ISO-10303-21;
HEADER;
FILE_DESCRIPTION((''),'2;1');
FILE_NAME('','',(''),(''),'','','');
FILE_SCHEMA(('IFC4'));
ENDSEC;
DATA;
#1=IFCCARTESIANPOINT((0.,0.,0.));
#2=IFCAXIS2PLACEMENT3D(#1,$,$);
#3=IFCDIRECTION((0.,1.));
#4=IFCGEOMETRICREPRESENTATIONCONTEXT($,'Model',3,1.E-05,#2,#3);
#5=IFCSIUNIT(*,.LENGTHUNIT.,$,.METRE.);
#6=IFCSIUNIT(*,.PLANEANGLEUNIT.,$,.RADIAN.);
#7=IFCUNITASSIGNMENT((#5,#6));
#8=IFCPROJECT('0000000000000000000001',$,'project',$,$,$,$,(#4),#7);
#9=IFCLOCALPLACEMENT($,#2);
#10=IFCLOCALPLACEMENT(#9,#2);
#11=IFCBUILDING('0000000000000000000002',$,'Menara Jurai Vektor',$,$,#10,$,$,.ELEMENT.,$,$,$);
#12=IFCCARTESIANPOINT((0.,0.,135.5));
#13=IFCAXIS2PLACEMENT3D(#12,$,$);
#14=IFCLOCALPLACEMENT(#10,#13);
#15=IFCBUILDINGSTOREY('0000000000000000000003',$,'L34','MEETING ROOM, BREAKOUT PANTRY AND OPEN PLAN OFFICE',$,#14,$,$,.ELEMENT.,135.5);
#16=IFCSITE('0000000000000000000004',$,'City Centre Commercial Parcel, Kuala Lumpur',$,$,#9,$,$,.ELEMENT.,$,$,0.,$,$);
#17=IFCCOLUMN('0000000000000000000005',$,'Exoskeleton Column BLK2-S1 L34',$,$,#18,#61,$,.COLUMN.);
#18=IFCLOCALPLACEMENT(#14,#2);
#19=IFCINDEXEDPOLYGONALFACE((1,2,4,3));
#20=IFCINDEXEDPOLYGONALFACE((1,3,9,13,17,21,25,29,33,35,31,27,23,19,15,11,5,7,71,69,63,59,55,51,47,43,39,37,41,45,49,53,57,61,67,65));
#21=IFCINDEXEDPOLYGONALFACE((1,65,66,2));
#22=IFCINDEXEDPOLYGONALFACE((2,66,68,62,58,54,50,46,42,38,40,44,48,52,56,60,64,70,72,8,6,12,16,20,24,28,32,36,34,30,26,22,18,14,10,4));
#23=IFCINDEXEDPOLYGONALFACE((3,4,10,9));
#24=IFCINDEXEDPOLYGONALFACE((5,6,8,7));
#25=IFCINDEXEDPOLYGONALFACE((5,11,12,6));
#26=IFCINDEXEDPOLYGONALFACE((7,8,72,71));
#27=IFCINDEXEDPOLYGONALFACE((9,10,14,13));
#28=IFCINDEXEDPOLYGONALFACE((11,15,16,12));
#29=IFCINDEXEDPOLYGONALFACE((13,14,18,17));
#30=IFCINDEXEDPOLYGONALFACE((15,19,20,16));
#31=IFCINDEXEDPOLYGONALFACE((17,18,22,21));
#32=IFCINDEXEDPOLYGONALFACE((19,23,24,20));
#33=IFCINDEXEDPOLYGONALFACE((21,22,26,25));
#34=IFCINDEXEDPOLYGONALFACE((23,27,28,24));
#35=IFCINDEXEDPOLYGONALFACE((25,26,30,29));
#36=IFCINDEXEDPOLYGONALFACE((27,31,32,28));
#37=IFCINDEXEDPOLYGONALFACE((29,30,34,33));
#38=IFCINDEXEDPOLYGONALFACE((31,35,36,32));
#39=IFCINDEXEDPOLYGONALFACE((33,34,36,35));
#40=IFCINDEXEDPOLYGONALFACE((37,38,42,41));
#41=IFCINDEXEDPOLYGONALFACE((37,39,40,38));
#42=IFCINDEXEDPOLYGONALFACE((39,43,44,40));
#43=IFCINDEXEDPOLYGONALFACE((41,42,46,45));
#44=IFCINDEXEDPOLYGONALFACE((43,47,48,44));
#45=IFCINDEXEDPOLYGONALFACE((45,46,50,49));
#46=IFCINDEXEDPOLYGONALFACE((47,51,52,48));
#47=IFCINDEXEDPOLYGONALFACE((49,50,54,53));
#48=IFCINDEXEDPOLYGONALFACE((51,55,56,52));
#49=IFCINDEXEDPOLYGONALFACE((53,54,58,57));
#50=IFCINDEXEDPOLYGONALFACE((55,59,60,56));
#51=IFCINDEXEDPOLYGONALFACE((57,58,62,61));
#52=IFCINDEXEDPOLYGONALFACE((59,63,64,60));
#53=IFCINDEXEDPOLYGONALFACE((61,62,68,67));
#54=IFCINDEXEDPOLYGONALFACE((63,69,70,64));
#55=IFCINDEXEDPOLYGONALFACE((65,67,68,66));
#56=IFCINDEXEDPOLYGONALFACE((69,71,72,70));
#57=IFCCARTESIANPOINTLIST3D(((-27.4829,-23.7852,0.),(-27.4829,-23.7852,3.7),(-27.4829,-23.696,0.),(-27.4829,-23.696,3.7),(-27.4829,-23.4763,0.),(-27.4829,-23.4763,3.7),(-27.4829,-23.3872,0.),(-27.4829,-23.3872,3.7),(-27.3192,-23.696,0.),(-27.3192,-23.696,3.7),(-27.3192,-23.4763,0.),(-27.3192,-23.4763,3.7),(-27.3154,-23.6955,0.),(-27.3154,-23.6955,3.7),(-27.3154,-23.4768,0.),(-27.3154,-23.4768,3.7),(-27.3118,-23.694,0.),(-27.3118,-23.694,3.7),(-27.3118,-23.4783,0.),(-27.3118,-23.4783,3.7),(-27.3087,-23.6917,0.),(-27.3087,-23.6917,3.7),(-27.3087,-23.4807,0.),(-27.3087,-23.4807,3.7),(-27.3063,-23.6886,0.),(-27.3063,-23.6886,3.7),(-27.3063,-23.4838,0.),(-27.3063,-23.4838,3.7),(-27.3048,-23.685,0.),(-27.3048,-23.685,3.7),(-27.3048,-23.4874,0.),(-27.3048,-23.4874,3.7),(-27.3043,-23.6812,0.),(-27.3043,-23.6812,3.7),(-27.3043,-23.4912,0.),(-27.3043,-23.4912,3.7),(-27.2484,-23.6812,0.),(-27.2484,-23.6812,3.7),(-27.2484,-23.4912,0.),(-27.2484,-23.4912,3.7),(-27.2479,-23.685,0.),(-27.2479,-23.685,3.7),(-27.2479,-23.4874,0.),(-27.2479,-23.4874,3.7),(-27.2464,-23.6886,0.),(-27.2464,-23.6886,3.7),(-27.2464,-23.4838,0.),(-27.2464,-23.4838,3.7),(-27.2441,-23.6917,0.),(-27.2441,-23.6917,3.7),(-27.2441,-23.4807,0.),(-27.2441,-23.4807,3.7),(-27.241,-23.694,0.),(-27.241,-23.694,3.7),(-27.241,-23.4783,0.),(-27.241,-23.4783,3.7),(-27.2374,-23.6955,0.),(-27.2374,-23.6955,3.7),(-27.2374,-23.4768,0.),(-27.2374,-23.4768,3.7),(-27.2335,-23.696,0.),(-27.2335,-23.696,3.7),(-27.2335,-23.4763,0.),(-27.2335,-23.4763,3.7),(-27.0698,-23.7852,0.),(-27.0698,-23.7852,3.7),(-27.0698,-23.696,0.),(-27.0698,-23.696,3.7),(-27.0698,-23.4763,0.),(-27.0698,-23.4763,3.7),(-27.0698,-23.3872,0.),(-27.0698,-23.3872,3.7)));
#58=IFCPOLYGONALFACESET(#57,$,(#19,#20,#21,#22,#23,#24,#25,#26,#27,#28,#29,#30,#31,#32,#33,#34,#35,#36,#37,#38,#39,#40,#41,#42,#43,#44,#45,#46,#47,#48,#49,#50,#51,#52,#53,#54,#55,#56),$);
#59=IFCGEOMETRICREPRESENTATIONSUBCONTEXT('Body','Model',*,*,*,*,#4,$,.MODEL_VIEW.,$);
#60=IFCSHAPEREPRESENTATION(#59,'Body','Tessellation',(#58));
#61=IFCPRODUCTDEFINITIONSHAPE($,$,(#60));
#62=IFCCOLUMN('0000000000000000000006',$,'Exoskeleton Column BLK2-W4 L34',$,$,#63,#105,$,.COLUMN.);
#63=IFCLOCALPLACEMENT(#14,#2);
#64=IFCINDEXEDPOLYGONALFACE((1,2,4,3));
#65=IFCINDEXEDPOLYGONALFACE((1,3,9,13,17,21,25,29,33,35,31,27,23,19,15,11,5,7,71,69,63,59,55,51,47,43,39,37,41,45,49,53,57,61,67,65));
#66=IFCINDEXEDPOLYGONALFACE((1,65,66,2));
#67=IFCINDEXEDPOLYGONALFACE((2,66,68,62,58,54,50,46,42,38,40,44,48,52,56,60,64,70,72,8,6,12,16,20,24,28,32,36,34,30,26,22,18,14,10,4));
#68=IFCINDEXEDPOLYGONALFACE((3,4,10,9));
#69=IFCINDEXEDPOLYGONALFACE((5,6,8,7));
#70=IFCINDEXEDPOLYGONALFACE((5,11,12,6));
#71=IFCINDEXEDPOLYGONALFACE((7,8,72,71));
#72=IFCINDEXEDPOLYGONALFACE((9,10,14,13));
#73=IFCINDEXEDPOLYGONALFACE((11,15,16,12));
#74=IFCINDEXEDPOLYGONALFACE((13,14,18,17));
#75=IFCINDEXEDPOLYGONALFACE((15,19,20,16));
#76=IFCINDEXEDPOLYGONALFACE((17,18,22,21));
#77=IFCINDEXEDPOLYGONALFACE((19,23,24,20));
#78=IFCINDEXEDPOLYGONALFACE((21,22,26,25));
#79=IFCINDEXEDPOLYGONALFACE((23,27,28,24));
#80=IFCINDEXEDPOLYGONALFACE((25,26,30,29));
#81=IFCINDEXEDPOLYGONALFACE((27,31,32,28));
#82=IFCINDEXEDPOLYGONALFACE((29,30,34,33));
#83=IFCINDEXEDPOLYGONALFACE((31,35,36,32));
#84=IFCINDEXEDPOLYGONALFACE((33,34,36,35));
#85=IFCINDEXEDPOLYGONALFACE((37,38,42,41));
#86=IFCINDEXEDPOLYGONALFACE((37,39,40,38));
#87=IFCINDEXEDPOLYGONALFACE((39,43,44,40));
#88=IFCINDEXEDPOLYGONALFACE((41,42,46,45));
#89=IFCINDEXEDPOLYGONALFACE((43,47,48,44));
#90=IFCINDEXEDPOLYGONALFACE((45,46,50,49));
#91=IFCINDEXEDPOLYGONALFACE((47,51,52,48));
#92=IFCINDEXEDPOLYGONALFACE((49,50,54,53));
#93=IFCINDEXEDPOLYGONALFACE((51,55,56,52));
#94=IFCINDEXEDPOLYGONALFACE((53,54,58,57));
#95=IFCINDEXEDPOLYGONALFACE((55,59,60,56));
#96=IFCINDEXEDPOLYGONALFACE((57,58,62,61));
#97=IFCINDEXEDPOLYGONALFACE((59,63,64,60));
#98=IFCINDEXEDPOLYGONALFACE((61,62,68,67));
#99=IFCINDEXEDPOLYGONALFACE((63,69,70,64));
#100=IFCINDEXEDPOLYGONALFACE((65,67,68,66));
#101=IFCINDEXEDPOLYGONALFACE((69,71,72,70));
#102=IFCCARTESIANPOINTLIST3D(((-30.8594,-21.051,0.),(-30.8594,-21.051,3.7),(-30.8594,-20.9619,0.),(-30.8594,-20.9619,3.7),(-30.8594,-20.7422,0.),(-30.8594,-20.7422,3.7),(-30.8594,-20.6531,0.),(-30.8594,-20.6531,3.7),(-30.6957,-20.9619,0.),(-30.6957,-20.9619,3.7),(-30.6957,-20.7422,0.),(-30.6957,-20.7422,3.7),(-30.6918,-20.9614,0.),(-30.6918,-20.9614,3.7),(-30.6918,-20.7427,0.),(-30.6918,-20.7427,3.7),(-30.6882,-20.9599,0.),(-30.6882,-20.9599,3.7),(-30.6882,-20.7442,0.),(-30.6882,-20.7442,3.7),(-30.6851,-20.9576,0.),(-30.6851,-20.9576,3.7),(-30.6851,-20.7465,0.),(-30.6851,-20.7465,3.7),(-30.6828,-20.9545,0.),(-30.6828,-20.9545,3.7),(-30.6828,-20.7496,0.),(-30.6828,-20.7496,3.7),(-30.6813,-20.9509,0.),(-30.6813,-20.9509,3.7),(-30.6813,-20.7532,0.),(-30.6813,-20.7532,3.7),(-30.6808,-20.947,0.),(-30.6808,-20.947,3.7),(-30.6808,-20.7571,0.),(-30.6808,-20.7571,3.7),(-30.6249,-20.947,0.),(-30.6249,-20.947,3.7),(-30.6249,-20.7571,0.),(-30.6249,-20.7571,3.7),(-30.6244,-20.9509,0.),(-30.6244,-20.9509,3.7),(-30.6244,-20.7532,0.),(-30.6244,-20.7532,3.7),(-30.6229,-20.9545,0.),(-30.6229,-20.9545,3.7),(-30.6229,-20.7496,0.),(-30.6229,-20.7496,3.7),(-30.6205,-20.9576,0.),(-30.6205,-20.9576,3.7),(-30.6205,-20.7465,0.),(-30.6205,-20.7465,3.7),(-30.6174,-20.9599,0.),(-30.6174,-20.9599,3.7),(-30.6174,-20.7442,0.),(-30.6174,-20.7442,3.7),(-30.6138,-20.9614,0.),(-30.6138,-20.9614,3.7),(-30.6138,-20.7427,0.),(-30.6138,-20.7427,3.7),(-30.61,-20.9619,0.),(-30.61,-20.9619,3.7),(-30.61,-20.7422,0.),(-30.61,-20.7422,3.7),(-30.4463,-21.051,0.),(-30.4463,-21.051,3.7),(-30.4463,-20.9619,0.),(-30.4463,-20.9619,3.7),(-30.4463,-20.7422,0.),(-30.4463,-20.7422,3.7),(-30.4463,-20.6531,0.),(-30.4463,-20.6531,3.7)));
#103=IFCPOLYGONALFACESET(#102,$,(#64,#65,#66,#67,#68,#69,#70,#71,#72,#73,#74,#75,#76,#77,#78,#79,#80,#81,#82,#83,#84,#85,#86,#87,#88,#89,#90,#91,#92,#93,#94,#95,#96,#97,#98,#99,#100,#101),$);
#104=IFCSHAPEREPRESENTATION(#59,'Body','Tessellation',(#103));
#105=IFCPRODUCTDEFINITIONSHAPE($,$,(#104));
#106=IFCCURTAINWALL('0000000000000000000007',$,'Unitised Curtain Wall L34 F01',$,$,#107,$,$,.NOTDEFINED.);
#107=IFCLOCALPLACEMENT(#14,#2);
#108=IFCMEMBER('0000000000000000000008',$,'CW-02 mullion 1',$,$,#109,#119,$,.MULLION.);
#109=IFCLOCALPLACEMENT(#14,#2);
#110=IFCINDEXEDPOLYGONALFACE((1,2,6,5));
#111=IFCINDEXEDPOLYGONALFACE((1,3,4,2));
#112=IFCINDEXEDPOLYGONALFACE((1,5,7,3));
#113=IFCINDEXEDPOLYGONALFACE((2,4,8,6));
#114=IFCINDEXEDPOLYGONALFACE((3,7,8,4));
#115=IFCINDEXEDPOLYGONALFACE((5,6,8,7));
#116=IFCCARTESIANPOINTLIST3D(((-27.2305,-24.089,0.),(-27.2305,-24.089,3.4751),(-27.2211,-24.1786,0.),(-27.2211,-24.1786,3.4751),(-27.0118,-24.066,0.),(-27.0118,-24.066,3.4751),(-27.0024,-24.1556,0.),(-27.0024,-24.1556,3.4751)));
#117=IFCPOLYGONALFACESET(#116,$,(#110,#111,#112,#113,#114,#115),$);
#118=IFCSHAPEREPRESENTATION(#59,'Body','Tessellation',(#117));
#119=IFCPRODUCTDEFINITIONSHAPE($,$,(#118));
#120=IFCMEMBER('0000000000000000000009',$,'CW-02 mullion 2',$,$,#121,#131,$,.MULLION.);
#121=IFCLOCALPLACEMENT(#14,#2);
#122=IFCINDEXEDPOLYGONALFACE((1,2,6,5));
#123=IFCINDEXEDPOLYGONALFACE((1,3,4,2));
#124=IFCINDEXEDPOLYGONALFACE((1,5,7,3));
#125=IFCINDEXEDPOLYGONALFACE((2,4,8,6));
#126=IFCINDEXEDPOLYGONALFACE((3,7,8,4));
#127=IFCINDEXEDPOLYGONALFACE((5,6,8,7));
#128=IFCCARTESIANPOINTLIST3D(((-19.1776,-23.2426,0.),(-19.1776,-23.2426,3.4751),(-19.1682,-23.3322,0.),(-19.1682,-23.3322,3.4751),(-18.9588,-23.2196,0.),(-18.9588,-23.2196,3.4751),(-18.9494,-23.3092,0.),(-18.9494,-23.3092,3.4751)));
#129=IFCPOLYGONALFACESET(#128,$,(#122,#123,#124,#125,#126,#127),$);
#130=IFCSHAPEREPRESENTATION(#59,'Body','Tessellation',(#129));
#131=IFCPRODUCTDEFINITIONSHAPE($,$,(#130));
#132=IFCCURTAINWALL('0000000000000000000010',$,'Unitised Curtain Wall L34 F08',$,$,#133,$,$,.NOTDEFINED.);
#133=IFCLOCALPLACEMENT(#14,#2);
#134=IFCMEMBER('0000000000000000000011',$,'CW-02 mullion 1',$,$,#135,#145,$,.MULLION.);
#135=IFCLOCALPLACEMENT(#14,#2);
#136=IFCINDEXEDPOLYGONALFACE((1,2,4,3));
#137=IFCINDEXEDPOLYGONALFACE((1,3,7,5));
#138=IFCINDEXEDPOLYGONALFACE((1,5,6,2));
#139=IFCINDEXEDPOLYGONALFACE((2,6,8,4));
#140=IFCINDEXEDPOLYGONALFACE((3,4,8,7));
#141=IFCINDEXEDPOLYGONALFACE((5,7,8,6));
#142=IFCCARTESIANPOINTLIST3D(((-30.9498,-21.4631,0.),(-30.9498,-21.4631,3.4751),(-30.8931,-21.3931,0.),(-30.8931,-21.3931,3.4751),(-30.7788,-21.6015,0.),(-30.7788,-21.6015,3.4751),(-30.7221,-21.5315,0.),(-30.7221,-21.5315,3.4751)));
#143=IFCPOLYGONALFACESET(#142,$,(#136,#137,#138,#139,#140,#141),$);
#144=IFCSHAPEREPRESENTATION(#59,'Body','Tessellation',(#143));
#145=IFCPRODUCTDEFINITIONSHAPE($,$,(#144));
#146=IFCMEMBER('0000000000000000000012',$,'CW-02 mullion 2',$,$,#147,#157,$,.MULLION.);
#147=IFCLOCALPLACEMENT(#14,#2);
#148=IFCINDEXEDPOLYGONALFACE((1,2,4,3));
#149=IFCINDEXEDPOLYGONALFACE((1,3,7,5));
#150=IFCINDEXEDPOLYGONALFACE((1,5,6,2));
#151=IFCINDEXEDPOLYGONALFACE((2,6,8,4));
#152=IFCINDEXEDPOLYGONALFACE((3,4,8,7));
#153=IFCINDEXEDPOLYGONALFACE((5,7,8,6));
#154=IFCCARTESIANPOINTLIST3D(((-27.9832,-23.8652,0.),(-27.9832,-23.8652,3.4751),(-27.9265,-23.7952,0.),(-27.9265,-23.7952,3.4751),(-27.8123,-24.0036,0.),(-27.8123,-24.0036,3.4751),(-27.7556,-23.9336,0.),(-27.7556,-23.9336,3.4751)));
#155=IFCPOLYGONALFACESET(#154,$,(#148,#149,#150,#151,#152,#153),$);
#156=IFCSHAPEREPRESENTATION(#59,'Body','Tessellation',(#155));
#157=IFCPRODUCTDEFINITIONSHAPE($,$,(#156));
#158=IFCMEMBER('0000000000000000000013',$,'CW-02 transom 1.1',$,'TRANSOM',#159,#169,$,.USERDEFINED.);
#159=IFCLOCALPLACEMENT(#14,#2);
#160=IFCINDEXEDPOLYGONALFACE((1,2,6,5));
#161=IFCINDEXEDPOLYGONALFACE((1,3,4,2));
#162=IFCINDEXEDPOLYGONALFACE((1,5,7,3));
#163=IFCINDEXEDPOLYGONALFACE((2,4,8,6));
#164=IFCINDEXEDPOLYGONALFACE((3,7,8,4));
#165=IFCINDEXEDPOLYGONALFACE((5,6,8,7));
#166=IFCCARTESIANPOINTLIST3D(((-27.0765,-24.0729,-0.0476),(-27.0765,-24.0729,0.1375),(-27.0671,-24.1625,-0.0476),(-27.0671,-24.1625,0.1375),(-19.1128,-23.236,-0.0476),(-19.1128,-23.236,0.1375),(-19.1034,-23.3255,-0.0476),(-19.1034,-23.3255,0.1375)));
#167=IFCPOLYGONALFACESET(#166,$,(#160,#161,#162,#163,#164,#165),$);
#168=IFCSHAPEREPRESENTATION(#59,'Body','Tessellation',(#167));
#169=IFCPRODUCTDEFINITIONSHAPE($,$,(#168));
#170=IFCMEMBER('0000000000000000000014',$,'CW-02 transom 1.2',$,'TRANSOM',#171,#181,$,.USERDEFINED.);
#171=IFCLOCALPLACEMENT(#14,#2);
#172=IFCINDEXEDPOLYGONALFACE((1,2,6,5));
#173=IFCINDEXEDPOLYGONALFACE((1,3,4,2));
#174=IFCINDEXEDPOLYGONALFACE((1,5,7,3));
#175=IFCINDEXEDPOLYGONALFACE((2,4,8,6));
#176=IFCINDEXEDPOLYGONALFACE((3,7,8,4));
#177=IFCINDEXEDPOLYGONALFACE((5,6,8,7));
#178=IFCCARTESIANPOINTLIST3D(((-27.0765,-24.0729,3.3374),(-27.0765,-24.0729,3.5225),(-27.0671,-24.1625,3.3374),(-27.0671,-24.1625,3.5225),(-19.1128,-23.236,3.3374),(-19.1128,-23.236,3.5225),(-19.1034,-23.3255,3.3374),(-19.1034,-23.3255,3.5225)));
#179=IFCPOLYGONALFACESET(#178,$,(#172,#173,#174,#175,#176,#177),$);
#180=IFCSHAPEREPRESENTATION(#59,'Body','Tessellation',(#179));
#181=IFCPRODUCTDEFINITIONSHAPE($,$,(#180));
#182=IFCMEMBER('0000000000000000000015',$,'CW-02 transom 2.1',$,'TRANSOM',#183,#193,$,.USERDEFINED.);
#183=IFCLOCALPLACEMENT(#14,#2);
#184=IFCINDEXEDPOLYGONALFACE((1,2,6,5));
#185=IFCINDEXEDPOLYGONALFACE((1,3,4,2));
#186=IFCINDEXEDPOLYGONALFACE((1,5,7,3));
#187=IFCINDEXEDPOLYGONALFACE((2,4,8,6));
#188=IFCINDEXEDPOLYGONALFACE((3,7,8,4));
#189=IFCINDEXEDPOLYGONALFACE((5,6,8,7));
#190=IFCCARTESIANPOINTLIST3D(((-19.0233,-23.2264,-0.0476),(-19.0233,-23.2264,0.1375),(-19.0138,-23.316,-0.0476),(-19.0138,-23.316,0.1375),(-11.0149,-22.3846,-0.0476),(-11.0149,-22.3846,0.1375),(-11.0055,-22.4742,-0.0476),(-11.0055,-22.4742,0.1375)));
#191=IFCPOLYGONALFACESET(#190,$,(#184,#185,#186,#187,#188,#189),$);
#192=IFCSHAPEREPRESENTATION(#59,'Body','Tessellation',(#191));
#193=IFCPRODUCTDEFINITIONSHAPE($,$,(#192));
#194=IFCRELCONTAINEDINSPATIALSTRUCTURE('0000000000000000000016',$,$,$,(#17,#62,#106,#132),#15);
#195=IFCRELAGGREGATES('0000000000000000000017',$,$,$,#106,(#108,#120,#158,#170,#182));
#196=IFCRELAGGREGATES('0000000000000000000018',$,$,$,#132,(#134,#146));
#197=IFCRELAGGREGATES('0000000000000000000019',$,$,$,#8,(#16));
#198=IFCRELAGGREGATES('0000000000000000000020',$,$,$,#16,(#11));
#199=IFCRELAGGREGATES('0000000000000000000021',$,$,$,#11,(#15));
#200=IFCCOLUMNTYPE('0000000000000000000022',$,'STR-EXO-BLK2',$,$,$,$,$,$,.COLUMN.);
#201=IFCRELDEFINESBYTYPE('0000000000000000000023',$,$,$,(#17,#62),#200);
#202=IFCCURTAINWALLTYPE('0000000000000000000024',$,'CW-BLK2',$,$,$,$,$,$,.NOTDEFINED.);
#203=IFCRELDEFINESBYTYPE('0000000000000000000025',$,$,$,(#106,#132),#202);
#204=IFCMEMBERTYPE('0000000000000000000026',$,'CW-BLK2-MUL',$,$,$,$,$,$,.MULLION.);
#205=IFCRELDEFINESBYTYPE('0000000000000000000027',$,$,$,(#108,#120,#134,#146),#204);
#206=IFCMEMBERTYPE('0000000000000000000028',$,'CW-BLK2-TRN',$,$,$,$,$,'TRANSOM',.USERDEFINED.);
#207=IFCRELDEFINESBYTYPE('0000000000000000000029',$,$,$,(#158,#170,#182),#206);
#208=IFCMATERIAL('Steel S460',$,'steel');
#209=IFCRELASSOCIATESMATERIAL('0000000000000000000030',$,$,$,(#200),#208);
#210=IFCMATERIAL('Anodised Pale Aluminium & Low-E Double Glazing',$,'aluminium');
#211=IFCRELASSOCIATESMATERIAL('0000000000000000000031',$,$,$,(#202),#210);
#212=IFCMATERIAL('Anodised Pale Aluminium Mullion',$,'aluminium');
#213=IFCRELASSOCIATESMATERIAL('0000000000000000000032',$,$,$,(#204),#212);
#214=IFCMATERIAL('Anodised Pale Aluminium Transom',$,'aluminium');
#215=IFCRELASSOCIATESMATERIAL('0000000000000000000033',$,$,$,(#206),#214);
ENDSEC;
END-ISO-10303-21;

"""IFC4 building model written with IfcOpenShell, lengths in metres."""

from ifc_helpers import new_model, si_unit, direction, frame, origin, origin_2d, place, context, subcontext, project, spatial, rectangle, i_section, extrude, material, material_profile, profile_set, type_object, element, aggregate, save


model = new_model("IFC4")

# Units and contexts
model_context = context("Model", 3, precision=1e-05, world=origin(), true_north=direction((0.0, 1.0)))
body_context = subcontext(model_context, "Body", "Model", "MODEL_VIEW")
ifc_project = project(units=[si_unit("LENGTHUNIT", "METRE"), si_unit("PLANEANGLEUNIT", "RADIAN")], contexts=[model_context])

# Site, building, storey
site_placement = place(None, origin())
site = spatial("IfcSite", under=ifc_project, at=site_placement, Name="City Centre Commercial Parcel, Kuala Lumpur", CompositionType="ELEMENT", RefElevation=0.0)
building_placement = place(site_placement, origin())
building = spatial("IfcBuilding", under=site, at=building_placement, Name="Menara Jurai Vektor", CompositionType="ELEMENT")
storey_placement = place(building_placement, frame((0.0, 0.0, 135.5)))
storey = spatial("IfcBuildingStorey", under=building, at=storey_placement, Name="L34", Description="MEETING ROOM, BREAKOUT PANTRY AND OPEN PLAN OFFICE", CompositionType="ELEMENT", Elevation=135.5)

# Columns
ifc_material_1 = material(Name="Steel S460", Category="steel")
ifc_material_profile_1 = material_profile(ifc_material_1, i_section(OverallWidth=0.4131, OverallDepth=0.3979, WebThickness=0.0559, FlangeThickness=0.0891, FilletRadius=0.0149, at=origin_2d()), Name="HD 400x744")
ifc_profile_set_1 = profile_set([ifc_material_profile_1], Name="Steel S460")
column_type = type_object("IfcColumnType", Name="STR-EXO-BLK2", PredefinedType="COLUMN", material=ifc_profile_set_1)
for number, where, z_axis, x_axis, name in (
    (1, (-27.2764, -23.5862, 0.0), (0.0, 0.0, 1.0), (1.0, 0.0, 0.0), "Exoskeleton Column BLK2-S1 L34"),
    (2, (-30.6528, -20.8521, 0.0), (0.0, 0.0, 1.0), (1.0, 0.0, 0.0), "Exoskeleton Column BLK2-W4 L34"),
):
    element("IfcColumn", number, at=place(storey_placement, frame(where, z_axis=z_axis, x_axis=x_axis)), inside=storey, type_object=column_type, Name=name, PredefinedType="COLUMN", context=body_context, shape_type="SweptSolid", body=[
        extrude(i_section(OverallWidth=0.4131, OverallDepth=0.3979, WebThickness=0.0559, FlangeThickness=0.0891, FilletRadius=0.0149, at=origin_2d()), origin(), (0.0, 0.0, 1.0), 3.7),
    ])

# Curtain walls, members
ifc_material_2 = material(Name="Anodised Pale Aluminium & Low-E Double Glazing", Category="aluminium")
curtain_wall_type = type_object("IfcCurtainWallType", Name="CW-BLK2", PredefinedType="NOTDEFINED", material=ifc_material_2)
curtain_wall_1_placement = place(storey_placement, origin())
curtain_wall_1 = element("IfcCurtainWall", 3, at=curtain_wall_1_placement, inside=storey, type_object=curtain_wall_type, Name="Unitised Curtain Wall L34 F01", PredefinedType="NOTDEFINED")
ifc_material_3 = material(Name="Anodised Pale Aluminium Mullion", Category="aluminium")
ifc_material_profile_2 = material_profile(ifc_material_3, rectangle(XDim=0.0901, YDim=0.22, at=origin_2d()), Name="ALU MUL 90x220")
ifc_profile_set_2 = profile_set([ifc_material_profile_2], Name="Anodised Pale Aluminium Mullion")
member_type_1 = type_object("IfcMemberType", Name="CW-BLK2-MUL", PredefinedType="MULLION", material=ifc_profile_set_2)
member_1_placement = place(storey_placement, frame((-27.1165, -24.1223, 0.0), z_axis=(0.0, 0.0, 1.0), x_axis=(-0.104529, 0.994522, 0.0)))
member_1 = element("IfcMember", 4, at=member_1_placement, type_object=member_type_1, Name="CW-02 mullion 1", PredefinedType="MULLION", context=body_context, shape_type="SweptSolid", body=[
    extrude(rectangle(XDim=0.0901, YDim=0.22, at=origin_2d()), origin(), (0.0, 0.0, 1.0), 3.4751),
])
member_2_placement = place(storey_placement, frame((-19.0635, -23.2759, 0.0), z_axis=(0.0, 0.0, 1.0), x_axis=(-0.104529, 0.994522, 0.0)))
member_2 = element("IfcMember", 5, at=member_2_placement, type_object=member_type_1, Name="CW-02 mullion 2", PredefinedType="MULLION", context=body_context, shape_type="SweptSolid", body=[
    extrude(rectangle(XDim=0.0901, YDim=0.22, at=origin_2d()), origin(), (0.0, 0.0, 1.0), 3.4751),
])
curtain_wall_2_placement = place(storey_placement, origin())
curtain_wall_2 = element("IfcCurtainWall", 6, at=curtain_wall_2_placement, inside=storey, type_object=curtain_wall_type, Name="Unitised Curtain Wall L34 F08", PredefinedType="NOTDEFINED")
member_3_placement = place(storey_placement, frame((-30.8359, -21.4973, 0.0), z_axis=(0.0, 0.0, 1.0), x_axis=(0.629313, 0.777152, 0.0)))
member_3 = element("IfcMember", 7, at=member_3_placement, type_object=member_type_1, Name="CW-02 mullion 1", PredefinedType="MULLION", context=body_context, shape_type="SweptSolid", body=[
    extrude(rectangle(XDim=0.0901, YDim=0.22, at=origin_2d()), origin(), (0.0, 0.0, 1.0), 3.4751),
])
member_4_placement = place(storey_placement, frame((-27.8694, -23.8994, 0.0), z_axis=(0.0, 0.0, 1.0), x_axis=(0.629313, 0.777152, 0.0)))
member_4 = element("IfcMember", 8, at=member_4_placement, type_object=member_type_1, Name="CW-02 mullion 2", PredefinedType="MULLION", context=body_context, shape_type="SweptSolid", body=[
    extrude(rectangle(XDim=0.0901, YDim=0.22, at=origin_2d()), origin(), (0.0, 0.0, 1.0), 3.4751),
])

# Members
ifc_material_4 = material(Name="Anodised Pale Aluminium Transom", Category="aluminium")
ifc_material_profile_3 = material_profile(ifc_material_4, rectangle(XDim=0.0901, YDim=0.1851, at=origin_2d()), Name="ALU TRN 90x185")
ifc_profile_set_3 = profile_set([ifc_material_profile_3], Name="Anodised Pale Aluminium Transom")
member_type_2 = type_object("IfcMemberType", Name="CW-BLK2-TRN", ElementType="TRANSOM", PredefinedType="USERDEFINED", material=ifc_profile_set_3)
member_5_placement = place(storey_placement, frame((-27.0718, -24.1177, 0.0449), z_axis=(0.994523, 0.104517, 0.0), x_axis=(-0.104517, 0.994523, 0.0)))
member_5 = element("IfcMember", 9, at=member_5_placement, type_object=member_type_2, Name="CW-02 transom 1.1", ObjectType="TRANSOM", PredefinedType="USERDEFINED", context=body_context, shape_type="SweptSolid", body=[
    extrude(rectangle(XDim=0.0901, YDim=0.1851, at=origin_2d()), origin(), (0.0, 0.0, 1.0), 8.0076),
])
member_6_placement = place(storey_placement, frame((-27.0718, -24.1177, 3.4299), z_axis=(0.994523, 0.104517, 0.0), x_axis=(-0.104517, 0.994523, 0.0)))
member_6 = element("IfcMember", 10, at=member_6_placement, type_object=member_type_2, Name="CW-02 transom 1.2", ObjectType="TRANSOM", PredefinedType="USERDEFINED", context=body_context, shape_type="SweptSolid", body=[
    extrude(rectangle(XDim=0.0901, YDim=0.1851, at=origin_2d()), origin(), (0.0, 0.0, 1.0), 8.0076),
])
member_7_placement = place(storey_placement, frame((-19.0186, -23.2712, 0.0449), z_axis=(0.994521, 0.10454, 0.0), x_axis=(-0.10454, 0.994521, 0.0)))
member_7 = element("IfcMember", 11, at=member_7_placement, type_object=member_type_2, Name="CW-02 transom 2.1", ObjectType="TRANSOM", PredefinedType="USERDEFINED", context=body_context, shape_type="SweptSolid", body=[
    extrude(rectangle(XDim=0.0901, YDim=0.1851, at=origin_2d()), origin(), (0.0, 0.0, 1.0), 8.0525),
])

aggregate(curtain_wall_1, [member_1, member_2, member_5, member_6, member_7])
aggregate(curtain_wall_2, [member_3, member_4])

save(model, "model.ifc")
